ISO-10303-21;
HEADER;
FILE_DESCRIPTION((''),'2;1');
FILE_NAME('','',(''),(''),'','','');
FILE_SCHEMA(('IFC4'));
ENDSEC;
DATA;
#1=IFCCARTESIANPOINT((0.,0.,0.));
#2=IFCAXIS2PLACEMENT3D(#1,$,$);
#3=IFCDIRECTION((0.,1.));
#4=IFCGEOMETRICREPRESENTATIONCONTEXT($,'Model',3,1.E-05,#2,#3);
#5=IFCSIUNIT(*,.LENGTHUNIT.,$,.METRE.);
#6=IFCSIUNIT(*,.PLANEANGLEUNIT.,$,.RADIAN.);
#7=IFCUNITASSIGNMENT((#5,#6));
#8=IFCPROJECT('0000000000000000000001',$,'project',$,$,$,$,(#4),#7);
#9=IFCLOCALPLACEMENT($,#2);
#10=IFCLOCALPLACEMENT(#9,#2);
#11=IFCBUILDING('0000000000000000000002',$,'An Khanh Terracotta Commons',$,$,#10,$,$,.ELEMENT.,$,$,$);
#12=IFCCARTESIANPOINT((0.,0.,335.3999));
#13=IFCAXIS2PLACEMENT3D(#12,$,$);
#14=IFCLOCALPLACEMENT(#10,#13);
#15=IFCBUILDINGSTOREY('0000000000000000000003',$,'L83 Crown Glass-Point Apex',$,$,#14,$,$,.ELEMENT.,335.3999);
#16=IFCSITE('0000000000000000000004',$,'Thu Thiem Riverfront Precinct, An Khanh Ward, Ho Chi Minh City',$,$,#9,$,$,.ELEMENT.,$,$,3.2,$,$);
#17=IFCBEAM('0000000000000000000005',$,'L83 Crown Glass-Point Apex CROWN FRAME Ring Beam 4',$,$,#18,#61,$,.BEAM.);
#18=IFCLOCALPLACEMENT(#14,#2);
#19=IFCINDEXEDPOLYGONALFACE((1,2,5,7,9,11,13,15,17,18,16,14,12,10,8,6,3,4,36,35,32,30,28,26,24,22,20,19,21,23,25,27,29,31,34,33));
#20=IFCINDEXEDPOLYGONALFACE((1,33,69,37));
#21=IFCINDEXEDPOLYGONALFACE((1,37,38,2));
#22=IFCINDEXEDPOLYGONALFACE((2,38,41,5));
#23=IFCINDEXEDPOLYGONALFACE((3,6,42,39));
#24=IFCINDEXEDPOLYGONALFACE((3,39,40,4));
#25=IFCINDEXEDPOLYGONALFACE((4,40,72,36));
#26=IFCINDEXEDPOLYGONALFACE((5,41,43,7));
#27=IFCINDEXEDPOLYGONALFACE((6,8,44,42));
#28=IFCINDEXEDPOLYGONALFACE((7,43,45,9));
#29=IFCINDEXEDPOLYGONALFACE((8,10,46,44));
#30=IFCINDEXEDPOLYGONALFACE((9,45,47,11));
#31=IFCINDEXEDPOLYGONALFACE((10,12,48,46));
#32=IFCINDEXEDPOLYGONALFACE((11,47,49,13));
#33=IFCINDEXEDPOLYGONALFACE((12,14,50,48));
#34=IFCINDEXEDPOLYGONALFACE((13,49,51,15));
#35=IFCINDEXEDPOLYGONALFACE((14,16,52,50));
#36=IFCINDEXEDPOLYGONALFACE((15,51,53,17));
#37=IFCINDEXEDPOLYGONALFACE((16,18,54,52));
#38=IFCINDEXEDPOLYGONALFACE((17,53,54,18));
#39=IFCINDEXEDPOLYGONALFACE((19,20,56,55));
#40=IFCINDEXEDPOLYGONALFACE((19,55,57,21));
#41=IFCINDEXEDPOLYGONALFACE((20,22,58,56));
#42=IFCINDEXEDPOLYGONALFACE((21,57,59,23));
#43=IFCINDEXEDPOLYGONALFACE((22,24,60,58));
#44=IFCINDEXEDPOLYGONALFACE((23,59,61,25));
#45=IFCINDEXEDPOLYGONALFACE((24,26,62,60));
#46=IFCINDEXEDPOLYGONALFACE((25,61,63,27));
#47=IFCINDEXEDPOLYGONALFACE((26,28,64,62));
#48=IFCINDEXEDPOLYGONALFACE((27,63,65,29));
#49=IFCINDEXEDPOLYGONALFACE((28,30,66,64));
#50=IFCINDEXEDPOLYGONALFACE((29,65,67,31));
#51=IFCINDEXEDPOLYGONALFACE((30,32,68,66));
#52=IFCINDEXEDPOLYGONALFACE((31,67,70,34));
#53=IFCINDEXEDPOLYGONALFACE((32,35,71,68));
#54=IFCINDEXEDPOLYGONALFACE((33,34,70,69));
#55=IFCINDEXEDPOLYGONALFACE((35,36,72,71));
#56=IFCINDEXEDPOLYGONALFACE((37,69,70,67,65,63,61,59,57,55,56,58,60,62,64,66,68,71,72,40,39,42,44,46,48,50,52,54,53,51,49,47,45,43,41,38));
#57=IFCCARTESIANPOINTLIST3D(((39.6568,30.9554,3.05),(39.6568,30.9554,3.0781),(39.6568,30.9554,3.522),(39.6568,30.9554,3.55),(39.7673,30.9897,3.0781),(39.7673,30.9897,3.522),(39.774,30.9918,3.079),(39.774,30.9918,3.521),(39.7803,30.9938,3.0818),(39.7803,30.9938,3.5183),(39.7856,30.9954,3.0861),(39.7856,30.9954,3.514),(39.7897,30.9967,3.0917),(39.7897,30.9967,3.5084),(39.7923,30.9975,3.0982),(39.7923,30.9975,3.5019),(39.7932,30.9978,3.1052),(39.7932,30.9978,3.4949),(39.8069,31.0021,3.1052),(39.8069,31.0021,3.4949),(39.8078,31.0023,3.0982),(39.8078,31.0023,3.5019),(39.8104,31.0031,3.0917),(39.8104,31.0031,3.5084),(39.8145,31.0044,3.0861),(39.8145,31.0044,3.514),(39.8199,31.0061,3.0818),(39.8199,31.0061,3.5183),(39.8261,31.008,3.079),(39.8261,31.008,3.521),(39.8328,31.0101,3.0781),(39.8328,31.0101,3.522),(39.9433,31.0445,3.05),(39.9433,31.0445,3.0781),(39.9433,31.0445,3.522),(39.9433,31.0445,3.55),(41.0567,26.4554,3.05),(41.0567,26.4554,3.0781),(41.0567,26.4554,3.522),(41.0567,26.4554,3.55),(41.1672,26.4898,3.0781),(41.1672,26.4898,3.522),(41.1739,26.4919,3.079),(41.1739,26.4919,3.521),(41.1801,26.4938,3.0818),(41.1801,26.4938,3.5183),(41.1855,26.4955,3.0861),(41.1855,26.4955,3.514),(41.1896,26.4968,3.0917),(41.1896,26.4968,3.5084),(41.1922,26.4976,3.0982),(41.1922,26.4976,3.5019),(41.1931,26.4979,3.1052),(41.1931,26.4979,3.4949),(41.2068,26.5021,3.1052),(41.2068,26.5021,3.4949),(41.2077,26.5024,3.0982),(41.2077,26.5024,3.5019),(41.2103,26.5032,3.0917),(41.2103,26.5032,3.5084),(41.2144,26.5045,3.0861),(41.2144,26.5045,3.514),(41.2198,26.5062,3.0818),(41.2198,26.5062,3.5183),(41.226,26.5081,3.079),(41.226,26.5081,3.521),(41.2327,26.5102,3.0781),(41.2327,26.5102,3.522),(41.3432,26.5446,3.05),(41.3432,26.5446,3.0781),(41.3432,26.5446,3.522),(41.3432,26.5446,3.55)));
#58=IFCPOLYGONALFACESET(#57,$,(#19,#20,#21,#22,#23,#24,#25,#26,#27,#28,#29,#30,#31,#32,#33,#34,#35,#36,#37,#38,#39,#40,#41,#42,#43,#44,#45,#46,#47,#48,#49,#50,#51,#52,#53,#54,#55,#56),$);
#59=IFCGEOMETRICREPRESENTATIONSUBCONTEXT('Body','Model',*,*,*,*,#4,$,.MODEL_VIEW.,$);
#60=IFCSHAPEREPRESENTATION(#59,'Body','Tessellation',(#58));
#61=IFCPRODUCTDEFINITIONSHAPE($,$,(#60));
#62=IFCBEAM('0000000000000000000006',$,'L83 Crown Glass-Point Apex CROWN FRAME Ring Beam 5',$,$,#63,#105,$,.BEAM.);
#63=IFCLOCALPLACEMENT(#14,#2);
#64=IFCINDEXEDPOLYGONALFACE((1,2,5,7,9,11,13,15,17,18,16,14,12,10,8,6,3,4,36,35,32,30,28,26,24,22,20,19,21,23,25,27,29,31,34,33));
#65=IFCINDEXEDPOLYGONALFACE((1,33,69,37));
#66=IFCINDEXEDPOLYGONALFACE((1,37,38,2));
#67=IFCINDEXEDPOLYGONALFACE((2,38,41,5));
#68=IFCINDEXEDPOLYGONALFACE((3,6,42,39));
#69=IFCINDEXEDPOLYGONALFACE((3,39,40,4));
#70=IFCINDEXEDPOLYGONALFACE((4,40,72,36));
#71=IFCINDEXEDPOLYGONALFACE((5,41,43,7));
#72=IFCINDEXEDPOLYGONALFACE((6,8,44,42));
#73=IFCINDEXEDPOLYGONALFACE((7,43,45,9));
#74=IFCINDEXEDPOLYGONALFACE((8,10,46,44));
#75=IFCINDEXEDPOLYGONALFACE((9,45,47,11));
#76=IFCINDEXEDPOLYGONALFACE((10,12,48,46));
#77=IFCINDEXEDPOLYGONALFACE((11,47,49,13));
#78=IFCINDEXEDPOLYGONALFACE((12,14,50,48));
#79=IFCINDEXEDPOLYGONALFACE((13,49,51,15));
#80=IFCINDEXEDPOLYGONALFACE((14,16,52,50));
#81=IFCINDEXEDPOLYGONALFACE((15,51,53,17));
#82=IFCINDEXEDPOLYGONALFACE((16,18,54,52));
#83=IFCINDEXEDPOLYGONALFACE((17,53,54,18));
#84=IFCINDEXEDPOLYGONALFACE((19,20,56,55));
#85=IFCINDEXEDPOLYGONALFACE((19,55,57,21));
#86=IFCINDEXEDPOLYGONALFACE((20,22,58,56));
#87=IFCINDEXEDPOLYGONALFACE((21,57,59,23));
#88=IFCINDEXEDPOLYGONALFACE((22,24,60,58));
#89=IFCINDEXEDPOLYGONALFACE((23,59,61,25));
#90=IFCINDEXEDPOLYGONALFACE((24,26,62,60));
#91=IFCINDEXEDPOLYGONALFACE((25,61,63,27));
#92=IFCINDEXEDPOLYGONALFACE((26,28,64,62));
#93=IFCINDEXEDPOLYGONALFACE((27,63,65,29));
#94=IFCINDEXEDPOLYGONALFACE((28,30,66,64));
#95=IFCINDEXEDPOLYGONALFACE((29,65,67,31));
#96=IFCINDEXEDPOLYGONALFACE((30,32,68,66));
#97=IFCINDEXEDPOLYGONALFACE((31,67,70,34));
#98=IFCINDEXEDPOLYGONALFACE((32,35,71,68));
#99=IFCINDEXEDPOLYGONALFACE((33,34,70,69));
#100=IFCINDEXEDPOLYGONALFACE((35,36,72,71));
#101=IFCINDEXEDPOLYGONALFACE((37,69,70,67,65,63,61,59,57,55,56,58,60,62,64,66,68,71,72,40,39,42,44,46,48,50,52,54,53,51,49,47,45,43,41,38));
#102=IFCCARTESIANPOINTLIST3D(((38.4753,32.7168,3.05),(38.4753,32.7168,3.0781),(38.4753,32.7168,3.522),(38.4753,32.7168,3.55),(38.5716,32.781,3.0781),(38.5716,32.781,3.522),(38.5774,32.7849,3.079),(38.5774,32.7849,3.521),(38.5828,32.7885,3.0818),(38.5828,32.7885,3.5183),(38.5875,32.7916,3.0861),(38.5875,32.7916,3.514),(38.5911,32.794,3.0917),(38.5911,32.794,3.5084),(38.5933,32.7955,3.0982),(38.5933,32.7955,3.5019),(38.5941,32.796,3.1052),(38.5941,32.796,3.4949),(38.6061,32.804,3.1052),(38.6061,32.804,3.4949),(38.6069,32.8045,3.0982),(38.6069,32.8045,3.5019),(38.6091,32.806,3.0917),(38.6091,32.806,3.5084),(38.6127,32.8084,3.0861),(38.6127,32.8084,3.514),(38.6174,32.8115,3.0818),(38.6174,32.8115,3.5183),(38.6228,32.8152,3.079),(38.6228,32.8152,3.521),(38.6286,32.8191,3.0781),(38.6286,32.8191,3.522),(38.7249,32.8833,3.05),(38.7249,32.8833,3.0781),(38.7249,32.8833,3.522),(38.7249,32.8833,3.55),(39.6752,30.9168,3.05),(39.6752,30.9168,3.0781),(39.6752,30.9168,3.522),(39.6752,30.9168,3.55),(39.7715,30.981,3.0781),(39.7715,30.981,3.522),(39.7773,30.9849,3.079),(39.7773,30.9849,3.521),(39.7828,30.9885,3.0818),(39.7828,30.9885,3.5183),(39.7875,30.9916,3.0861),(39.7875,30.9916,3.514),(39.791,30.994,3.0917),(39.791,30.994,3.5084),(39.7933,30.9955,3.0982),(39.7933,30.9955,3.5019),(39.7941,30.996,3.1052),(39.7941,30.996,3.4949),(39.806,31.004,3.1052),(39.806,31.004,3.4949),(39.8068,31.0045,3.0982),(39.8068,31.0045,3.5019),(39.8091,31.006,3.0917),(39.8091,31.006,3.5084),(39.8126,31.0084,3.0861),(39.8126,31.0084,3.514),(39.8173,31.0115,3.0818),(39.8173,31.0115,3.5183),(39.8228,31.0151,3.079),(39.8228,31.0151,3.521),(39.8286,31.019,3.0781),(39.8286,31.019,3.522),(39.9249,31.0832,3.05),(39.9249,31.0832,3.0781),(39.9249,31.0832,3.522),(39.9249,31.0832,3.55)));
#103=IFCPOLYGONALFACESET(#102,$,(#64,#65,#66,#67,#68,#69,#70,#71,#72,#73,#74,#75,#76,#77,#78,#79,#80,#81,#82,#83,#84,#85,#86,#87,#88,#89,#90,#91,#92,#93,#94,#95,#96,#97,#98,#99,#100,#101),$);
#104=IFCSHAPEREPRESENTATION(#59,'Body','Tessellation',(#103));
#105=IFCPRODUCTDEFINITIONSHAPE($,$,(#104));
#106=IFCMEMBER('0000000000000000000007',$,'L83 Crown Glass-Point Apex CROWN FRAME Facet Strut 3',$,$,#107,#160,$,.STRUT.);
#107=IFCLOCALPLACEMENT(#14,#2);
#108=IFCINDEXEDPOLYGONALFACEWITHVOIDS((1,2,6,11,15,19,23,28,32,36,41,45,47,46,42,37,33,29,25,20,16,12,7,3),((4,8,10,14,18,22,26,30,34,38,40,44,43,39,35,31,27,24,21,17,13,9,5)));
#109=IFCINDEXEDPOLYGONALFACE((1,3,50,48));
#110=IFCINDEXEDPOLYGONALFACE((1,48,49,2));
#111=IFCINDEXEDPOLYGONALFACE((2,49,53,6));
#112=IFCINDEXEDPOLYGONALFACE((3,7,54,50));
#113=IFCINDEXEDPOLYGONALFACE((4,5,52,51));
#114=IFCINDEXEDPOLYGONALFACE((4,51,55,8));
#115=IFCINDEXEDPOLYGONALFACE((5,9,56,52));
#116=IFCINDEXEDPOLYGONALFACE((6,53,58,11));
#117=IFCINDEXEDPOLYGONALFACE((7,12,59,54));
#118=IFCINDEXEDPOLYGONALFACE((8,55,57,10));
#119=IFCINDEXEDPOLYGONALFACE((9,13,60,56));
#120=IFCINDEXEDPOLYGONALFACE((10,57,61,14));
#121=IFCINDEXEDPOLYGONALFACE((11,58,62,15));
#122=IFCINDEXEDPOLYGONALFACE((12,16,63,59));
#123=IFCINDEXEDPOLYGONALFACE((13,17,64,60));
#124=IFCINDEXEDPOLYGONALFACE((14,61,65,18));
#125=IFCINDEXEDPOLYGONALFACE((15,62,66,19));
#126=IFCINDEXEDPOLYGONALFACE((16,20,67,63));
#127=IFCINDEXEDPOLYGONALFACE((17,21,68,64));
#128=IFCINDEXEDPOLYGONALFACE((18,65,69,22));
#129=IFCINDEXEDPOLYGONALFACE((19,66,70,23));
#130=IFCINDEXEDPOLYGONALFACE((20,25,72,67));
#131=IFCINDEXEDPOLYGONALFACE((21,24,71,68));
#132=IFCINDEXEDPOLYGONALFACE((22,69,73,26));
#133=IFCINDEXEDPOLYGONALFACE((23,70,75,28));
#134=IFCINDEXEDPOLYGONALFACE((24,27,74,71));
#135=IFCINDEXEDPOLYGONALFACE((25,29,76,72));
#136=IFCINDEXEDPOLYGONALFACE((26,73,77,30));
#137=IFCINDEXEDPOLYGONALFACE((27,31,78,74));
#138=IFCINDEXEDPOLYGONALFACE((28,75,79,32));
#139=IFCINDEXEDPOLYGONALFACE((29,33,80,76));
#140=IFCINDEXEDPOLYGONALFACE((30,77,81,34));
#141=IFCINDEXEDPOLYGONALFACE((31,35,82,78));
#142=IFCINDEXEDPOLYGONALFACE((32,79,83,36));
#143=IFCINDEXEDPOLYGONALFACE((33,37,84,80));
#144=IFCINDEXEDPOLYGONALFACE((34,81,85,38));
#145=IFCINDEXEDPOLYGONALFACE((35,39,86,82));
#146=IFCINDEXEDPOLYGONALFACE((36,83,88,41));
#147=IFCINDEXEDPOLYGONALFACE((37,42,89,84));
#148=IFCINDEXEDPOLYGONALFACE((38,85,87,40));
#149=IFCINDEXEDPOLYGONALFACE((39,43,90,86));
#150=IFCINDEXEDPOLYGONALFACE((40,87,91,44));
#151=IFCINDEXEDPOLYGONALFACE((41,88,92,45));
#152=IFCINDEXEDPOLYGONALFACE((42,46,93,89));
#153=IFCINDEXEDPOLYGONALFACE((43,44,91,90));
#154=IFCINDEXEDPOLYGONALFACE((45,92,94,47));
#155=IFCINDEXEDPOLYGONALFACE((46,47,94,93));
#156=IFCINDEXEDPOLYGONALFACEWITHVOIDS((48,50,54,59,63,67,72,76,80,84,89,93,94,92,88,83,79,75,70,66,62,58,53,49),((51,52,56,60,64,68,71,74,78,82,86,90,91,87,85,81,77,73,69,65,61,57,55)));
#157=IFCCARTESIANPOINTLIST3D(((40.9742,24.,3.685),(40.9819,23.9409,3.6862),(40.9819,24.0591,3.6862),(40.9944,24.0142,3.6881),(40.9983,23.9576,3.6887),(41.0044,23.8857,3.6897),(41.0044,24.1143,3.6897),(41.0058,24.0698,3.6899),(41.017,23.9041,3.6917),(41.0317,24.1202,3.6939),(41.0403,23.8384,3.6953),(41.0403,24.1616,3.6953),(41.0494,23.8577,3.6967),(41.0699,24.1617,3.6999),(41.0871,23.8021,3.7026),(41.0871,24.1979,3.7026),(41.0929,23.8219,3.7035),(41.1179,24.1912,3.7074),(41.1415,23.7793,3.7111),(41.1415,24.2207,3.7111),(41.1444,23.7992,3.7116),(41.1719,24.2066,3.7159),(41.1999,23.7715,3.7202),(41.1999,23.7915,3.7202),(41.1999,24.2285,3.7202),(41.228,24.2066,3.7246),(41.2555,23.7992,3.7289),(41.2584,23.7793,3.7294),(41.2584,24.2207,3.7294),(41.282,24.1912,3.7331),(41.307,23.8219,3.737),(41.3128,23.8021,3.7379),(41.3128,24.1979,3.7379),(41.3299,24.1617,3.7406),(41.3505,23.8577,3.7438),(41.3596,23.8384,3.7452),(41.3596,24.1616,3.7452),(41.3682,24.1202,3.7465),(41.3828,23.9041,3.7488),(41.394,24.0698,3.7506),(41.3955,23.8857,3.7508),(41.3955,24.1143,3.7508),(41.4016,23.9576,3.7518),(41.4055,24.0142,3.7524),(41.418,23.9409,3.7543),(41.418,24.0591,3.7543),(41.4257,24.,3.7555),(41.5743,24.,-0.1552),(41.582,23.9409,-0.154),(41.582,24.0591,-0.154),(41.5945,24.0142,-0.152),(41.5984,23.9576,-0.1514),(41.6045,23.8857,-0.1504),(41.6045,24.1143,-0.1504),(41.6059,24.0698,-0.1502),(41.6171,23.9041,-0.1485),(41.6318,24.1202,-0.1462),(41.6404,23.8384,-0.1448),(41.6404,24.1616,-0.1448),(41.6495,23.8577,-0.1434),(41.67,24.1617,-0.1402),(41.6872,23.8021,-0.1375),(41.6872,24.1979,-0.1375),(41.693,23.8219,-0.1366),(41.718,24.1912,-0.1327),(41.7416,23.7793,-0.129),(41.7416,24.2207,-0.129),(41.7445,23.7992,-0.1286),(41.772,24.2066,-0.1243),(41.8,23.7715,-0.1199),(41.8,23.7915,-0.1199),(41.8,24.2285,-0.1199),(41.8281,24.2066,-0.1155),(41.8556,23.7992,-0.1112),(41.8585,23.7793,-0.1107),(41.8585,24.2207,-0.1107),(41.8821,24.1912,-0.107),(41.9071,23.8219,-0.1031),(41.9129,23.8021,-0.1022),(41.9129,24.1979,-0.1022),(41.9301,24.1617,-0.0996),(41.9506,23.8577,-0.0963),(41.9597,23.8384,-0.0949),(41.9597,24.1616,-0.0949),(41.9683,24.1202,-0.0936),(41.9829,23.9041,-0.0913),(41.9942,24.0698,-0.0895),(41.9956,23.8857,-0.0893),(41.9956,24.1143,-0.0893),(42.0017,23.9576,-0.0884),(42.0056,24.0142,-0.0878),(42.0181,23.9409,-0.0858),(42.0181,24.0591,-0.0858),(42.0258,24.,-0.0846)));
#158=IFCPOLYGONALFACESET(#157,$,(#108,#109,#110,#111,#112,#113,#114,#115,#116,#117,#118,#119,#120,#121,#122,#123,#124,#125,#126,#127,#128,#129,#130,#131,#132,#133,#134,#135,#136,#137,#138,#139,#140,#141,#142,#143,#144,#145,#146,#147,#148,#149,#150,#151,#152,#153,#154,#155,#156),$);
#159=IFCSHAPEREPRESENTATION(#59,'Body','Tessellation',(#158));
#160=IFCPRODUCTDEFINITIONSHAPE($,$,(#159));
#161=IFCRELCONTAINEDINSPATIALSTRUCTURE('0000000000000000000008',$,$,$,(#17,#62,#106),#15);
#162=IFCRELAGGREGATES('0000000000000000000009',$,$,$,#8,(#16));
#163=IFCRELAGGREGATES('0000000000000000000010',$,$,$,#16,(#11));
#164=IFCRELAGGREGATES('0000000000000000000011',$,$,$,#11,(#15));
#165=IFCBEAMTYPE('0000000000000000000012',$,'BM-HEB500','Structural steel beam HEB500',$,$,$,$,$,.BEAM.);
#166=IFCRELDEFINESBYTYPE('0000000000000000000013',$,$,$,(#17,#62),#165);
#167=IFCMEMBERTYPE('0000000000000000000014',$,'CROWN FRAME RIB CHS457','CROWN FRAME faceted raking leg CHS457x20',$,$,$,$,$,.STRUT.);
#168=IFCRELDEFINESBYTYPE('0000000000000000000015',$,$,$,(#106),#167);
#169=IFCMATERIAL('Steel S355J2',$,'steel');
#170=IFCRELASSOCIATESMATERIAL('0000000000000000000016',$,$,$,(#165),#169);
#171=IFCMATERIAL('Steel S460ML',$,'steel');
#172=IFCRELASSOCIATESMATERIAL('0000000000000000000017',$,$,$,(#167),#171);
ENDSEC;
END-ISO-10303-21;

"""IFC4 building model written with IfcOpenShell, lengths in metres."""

from ifc_helpers import new_model, si_unit, direction, frame, origin, origin_2d, place, context, subcontext, project, spatial, hollow_circle, i_section, extrude, material, material_profile, profile_set, type_object, element, save


model = new_model("IFC4")

# Units and contexts
model_context = context("Model", 3, precision=1e-05, world=origin(), true_north=direction((0.0, 1.0)))
body_context = subcontext(model_context, "Body", "Model", "MODEL_VIEW")
ifc_project = project(units=[si_unit("LENGTHUNIT", "METRE"), si_unit("PLANEANGLEUNIT", "RADIAN")], contexts=[model_context])

# Site, building, storey
site_placement = place(None, origin())
site = spatial("IfcSite", under=ifc_project, at=site_placement, Name="Thu Thiem Riverfront Precinct, An Khanh Ward, Ho Chi Minh City", CompositionType="ELEMENT", RefElevation=3.2)
building_placement = place(site_placement, origin())
building = spatial("IfcBuilding", under=site, at=building_placement, Name="An Khanh Terracotta Commons", CompositionType="ELEMENT")
storey_placement = place(building_placement, frame((0.0, 0.0, 335.3999)))
storey = spatial("IfcBuildingStorey", under=building, at=storey_placement, Name="L83 Crown Glass-Point Apex", CompositionType="ELEMENT", Elevation=335.3999)

# Beams
ifc_material_1 = material(Name="Steel S355J2", Category="steel")
ifc_material_profile_1 = material_profile(ifc_material_1, i_section(OverallWidth=0.3, OverallDepth=0.5, WebThickness=0.0144, FlangeThickness=0.0281, FilletRadius=0.0271, at=origin_2d()), Name="HEB500")
ifc_profile_set_1 = profile_set([ifc_material_profile_1], Name="Steel S355J2")
beam_type = type_object("IfcBeamType", Name="BM-HEB500", Description="Structural steel beam HEB500", PredefinedType="BEAM", material=ifc_profile_set_1)
beam_1_placement = place(storey_placement, frame((41.2, 26.5, 3.3), z_axis=(-0.297048, 0.954863, 0.0), x_axis=(-0.954863, -0.297048, 0.0)))
element("IfcBeam", 1, at=beam_1_placement, inside=storey, type_object=beam_type, Name="L83 Crown Glass-Point Apex CROWN FRAME Ring Beam 4", PredefinedType="BEAM", context=body_context, shape_type="SweptSolid", body=[
    extrude(i_section(OverallWidth=0.3, OverallDepth=0.5, WebThickness=0.0144, FlangeThickness=0.0281, FilletRadius=0.0271, at=origin_2d()), origin(), (0.0, 0.0, 1.0), 4.7126),
])
beam_2_placement = place(storey_placement, frame((39.8, 31.0, 3.3), z_axis=(-0.554674, 0.832068, 0.0), x_axis=(-0.832068, -0.554674, 0.0)))
element("IfcBeam", 2, at=beam_2_placement, inside=storey, type_object=beam_type, Name="L83 Crown Glass-Point Apex CROWN FRAME Ring Beam 5", PredefinedType="BEAM", context=body_context, shape_type="SweptSolid", body=[
    extrude(i_section(OverallWidth=0.3, OverallDepth=0.5, WebThickness=0.0144, FlangeThickness=0.0281, FilletRadius=0.0271, at=origin_2d()), origin(), (0.0, 0.0, 1.0), 2.1633),
])

# Member
ifc_material_2 = material(Name="Steel S460ML", Category="steel")
ifc_material_profile_2 = material_profile(ifc_material_2, hollow_circle(Radius=0.2285, WallThickness=0.02, at=origin_2d()), Name="CHS457x20")
ifc_profile_set_2 = profile_set([ifc_material_profile_2], Name="Steel S460ML")
member_type_1 = type_object("IfcMemberType", Name="CROWN FRAME RIB CHS457", Description="CROWN FRAME faceted raking leg CHS457x20", PredefinedType="STRUT", material=ifc_profile_set_2)
member_1_placement = place(storey_placement, frame((41.8, 24.0, -0.1199), z_axis=(-0.154398, 0.0, 0.988009), x_axis=(0.0, -1.0, 0.0)))
element("IfcMember", 3, at=member_1_placement, inside=storey, type_object=member_type_1, Name="L83 Crown Glass-Point Apex CROWN FRAME Facet Strut 3", PredefinedType="STRUT", context=body_context, shape_type="SweptSolid", body=[
    extrude(hollow_circle(Radius=0.2285, WallThickness=0.02, at=origin_2d()), origin(), (0.0, 0.0, 1.0), 3.8867),
])

save(model, "model.ifc")
